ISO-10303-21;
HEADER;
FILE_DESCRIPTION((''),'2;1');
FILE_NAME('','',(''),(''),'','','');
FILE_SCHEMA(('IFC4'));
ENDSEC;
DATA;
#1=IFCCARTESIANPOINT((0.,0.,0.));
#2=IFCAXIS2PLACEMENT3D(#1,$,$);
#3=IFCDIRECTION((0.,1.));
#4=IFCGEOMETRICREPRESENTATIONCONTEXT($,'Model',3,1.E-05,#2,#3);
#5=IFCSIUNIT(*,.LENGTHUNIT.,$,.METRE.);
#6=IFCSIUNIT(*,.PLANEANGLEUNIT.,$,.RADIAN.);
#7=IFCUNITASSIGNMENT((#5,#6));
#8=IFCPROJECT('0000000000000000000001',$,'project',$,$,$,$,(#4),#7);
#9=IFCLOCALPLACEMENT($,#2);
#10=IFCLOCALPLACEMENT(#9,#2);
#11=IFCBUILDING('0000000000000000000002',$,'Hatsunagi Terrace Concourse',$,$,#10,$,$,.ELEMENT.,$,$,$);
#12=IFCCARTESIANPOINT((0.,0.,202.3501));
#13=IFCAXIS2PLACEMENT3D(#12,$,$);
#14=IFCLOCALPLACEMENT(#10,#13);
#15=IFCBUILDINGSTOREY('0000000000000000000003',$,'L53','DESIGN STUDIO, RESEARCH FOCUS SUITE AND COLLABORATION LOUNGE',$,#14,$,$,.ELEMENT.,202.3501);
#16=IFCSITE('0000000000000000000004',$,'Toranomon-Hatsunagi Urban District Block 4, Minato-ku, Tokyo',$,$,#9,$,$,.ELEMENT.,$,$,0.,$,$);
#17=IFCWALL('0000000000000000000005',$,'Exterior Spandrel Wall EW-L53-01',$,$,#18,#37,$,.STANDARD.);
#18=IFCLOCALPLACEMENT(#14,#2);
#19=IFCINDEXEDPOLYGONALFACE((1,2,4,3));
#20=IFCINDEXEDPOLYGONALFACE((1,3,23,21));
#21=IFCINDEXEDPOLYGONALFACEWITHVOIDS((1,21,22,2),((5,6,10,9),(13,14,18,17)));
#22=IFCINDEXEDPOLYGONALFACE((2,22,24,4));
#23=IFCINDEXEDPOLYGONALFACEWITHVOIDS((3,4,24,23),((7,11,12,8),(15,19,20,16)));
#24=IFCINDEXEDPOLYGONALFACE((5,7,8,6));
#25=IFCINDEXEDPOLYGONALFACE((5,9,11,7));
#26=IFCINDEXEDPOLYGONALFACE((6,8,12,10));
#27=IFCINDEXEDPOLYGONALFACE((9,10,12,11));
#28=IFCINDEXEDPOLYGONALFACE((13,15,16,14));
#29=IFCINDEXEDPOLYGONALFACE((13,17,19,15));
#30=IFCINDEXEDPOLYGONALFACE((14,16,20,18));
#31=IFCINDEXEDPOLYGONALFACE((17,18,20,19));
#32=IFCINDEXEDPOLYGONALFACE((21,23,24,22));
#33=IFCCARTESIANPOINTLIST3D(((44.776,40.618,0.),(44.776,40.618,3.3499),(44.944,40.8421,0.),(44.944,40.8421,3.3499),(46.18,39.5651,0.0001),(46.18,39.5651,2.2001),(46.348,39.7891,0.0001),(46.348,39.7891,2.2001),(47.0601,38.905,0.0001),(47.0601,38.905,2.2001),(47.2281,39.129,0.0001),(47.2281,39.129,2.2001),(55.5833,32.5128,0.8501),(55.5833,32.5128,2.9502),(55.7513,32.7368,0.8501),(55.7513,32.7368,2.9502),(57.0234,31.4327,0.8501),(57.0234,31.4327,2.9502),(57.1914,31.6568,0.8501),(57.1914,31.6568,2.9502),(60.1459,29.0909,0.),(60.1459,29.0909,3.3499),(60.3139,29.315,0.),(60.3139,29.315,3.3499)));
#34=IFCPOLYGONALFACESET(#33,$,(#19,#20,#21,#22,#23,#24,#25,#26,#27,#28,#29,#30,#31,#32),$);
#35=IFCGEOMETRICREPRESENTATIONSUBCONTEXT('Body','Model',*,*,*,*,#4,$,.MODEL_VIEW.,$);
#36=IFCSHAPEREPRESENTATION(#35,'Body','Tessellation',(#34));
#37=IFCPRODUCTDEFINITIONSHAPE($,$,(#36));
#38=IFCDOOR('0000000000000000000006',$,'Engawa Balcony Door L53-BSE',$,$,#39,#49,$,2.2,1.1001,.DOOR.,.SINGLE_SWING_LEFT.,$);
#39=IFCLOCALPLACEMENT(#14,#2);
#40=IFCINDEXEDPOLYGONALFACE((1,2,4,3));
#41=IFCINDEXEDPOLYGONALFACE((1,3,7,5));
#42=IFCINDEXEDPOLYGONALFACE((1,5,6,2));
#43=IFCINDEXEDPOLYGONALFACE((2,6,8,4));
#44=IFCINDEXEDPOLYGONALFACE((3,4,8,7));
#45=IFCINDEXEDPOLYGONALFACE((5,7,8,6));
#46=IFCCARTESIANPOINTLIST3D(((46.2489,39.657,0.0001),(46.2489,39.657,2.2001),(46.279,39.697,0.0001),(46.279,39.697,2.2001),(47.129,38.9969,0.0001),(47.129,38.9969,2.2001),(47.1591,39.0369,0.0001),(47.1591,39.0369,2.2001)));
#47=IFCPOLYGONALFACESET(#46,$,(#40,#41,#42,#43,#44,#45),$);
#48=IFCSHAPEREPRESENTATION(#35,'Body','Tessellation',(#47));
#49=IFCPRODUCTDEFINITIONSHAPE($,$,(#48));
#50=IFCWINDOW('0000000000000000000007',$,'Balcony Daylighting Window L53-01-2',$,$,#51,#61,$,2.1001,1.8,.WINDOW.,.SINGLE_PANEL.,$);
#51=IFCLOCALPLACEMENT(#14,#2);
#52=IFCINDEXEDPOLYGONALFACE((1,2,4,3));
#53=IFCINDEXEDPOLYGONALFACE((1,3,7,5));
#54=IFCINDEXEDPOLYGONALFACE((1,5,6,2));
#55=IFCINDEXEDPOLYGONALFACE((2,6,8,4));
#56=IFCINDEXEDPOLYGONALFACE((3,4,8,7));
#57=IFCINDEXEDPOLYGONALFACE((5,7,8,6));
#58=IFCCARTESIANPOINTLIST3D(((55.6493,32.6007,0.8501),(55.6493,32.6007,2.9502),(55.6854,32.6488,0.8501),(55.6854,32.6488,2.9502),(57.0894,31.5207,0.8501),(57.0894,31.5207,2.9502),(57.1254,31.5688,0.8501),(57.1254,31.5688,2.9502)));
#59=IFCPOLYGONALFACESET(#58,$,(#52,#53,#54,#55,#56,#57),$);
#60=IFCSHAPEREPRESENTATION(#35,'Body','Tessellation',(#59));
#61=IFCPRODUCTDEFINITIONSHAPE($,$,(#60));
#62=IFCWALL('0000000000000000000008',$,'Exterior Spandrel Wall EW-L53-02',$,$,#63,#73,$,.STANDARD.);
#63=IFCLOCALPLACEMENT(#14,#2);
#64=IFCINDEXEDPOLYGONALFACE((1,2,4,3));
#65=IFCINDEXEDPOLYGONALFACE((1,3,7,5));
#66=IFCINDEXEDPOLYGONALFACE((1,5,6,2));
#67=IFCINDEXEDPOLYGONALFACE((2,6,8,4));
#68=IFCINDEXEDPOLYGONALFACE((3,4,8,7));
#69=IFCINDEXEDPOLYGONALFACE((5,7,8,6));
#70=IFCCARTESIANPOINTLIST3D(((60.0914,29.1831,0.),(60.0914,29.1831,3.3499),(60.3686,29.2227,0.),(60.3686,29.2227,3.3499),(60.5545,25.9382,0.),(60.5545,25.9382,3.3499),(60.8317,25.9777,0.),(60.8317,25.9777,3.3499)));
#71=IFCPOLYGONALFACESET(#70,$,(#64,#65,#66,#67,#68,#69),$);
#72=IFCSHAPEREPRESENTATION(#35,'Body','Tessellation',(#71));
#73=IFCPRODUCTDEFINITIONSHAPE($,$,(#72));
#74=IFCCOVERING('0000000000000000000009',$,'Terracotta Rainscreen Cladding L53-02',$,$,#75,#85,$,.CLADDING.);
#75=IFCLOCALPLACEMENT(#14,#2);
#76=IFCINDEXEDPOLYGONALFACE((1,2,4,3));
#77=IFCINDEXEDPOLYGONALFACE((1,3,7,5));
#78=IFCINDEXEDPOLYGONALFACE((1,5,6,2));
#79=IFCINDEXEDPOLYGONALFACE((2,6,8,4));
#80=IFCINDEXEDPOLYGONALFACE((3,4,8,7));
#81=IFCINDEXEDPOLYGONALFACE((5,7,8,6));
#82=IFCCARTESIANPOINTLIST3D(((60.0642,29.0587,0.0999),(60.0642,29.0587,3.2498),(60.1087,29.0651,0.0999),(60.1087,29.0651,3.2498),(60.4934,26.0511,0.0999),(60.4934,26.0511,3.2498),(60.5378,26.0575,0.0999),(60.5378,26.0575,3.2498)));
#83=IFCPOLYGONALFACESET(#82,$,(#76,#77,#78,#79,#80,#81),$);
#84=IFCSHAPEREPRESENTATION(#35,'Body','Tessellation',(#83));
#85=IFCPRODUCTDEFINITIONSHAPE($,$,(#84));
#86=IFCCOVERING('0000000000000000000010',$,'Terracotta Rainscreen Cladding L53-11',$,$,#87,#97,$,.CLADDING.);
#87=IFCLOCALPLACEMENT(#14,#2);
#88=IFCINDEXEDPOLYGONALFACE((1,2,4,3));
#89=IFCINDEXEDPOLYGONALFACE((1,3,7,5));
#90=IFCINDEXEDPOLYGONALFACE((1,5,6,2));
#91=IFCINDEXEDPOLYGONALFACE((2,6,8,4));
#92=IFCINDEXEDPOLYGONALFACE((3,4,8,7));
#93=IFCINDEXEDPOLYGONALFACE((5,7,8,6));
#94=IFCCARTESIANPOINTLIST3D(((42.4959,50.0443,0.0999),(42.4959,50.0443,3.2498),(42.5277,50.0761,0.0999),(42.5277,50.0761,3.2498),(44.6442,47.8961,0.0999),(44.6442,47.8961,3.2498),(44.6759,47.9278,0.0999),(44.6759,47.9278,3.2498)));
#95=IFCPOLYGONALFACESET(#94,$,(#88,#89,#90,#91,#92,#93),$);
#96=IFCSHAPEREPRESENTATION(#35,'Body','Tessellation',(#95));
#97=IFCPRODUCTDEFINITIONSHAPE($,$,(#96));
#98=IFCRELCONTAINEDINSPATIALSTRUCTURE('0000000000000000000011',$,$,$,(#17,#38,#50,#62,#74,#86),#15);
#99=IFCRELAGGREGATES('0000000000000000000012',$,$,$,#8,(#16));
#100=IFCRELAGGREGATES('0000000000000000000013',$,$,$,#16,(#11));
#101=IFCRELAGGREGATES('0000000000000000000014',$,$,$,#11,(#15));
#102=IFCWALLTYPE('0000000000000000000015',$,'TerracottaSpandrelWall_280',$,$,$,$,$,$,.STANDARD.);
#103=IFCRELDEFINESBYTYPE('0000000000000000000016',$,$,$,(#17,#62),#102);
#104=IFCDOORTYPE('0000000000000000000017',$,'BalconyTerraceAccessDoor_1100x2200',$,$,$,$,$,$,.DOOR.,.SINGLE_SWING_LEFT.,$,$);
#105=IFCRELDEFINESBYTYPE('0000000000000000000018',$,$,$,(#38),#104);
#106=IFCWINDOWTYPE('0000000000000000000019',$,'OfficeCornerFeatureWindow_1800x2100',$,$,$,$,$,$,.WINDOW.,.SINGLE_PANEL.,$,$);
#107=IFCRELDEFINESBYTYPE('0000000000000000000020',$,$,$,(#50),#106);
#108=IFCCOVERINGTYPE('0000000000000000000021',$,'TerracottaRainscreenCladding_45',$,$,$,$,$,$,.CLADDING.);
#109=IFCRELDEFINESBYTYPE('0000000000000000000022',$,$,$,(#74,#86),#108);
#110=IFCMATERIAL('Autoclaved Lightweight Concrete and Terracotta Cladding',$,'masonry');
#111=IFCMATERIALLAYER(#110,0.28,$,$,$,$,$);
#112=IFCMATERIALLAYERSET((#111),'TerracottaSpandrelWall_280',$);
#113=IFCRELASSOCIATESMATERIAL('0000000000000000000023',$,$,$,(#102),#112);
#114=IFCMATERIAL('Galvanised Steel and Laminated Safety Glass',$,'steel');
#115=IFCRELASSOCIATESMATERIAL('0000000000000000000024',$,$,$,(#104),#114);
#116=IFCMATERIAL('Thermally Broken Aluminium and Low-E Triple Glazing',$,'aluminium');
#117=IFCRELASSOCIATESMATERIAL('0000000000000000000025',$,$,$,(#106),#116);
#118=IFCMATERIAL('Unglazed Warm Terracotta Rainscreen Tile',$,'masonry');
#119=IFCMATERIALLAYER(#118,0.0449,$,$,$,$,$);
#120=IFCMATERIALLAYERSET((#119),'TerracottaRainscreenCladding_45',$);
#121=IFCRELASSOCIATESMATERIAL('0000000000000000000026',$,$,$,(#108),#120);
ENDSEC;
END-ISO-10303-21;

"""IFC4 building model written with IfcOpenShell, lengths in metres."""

from ifc_helpers import new_model, si_unit, direction, frame, frame_2d, origin, origin_2d, place, context, subcontext, project, spatial, rectangle, extrude, material, layer, layer_set, type_object, element, fill, save


model = new_model("IFC4")

# Units and contexts
model_context = context("Model", 3, precision=1e-05, world=origin(), true_north=direction((0.0, 1.0)))
body_context = subcontext(model_context, "Body", "Model", "MODEL_VIEW")
ifc_project = project(units=[si_unit("LENGTHUNIT", "METRE"), si_unit("PLANEANGLEUNIT", "RADIAN")], contexts=[model_context])

# Site, building, storey
site_placement = place(None, origin())
site = spatial("IfcSite", under=ifc_project, at=site_placement, Name="Toranomon-Hatsunagi Urban District Block 4, Minato-ku, Tokyo", CompositionType="ELEMENT", RefElevation=0.0)
building_placement = place(site_placement, origin())
building = spatial("IfcBuilding", under=site, at=building_placement, Name="Hatsunagi Terrace Concourse", CompositionType="ELEMENT")
storey_placement = place(building_placement, frame((0.0, 0.0, 202.3501)))
storey = spatial("IfcBuildingStorey", under=building, at=storey_placement, Name="L53", Description="DESIGN STUDIO, RESEARCH FOCUS SUITE AND COLLABORATION LOUNGE", CompositionType="ELEMENT", Elevation=202.3501)

# Wall, openings, door, window
ifc_material_1 = material(Name="Autoclaved Lightweight Concrete and Terracotta Cladding", Category="masonry")
ifc_layer_1 = layer(ifc_material_1, 0.28)
ifc_layer_set_1 = layer_set([ifc_layer_1], Name="TerracottaSpandrelWall_280")
wall_type_1 = type_object("IfcWallType", Name="TerracottaSpandrelWall_280", PredefinedType="STANDARD", material=ifc_layer_set_1)
wall_1_placement = place(storey_placement, frame((44.8601, 40.73, 0.0), z_axis=(0.0, 0.0, 1.0), x_axis=(0.800008, -0.59999, 0.0)))
wall_1 = element("IfcWall", 1, at=wall_1_placement, inside=storey, type_object=wall_type_1, Name="Exterior Spandrel Wall EW-L53-01", PredefinedType="STANDARD", context=body_context, shape_type="SweptSolid", body=[
    extrude(rectangle(XDim=19.2122, YDim=0.28, at=frame_2d((9.606, 0.0))), origin(), (0.0, 0.0, 1.0), 3.3499),
])
opening_1_placement = place(wall_1_placement, frame((1.7549, 0.0, 0.0)))
opening_1 = element("IfcOpeningElement", 2, at=opening_1_placement, cuts=wall_1, PredefinedType="OPENING", context=body_context, shape_type="SweptSolid", body=[
    extrude(rectangle(XDim=1.1001, YDim=2.2, at=frame_2d((0.55, 1.1001))), frame((0.0, 0.1499, 0.0), z_axis=(0.0, -1.0, 0.0), x_axis=(1.0, 0.0, 0.0)), (0.0, 0.0, 1.0), 0.3),
])
opening_2_placement = place(wall_1_placement, frame((13.509, 0.0, 0.8501)))
opening_2 = element("IfcOpeningElement", 3, at=opening_2_placement, cuts=wall_1, PredefinedType="OPENING", context=body_context, shape_type="SweptSolid", body=[
    extrude(rectangle(XDim=1.8, YDim=2.1001, at=frame_2d((0.8999, 1.05))), frame((0.0, 0.1499, 0.0), z_axis=(0.0, -1.0, 0.0), x_axis=(1.0, 0.0, 0.0)), (0.0, 0.0, 1.0), 0.3),
])
ifc_material_2 = material(Name="Galvanised Steel and Laminated Safety Glass", Category="steel")
door_type_1 = type_object("IfcDoorType", Name="BalconyTerraceAccessDoor_1100x2200", OperationType="SINGLE_SWING_LEFT", PredefinedType="DOOR", material=ifc_material_2)
door_1_placement = place(opening_1_placement, origin())
door_1 = element("IfcDoor", 4, at=door_1_placement, inside=storey, type_object=door_type_1, Name="Engawa Balcony Door L53-BSE", OperationType="SINGLE_SWING_LEFT", OverallHeight=2.2, OverallWidth=1.1001, PredefinedType="DOOR", context=body_context, shape_type="SweptSolid", body=[
    extrude(rectangle(XDim=1.1001, YDim=2.2, at=frame_2d((0.55, 1.1001))), frame((0.0, 0.0249, 0.0), z_axis=(0.0, -1.0, 0.0), x_axis=(1.0, 0.0, 0.0)), (0.0, 0.0, 1.0), 0.05),
])
fill(opening_1, door_1)
ifc_material_3 = material(Name="Thermally Broken Aluminium and Low-E Triple Glazing", Category="aluminium")
window_type = type_object("IfcWindowType", Name="OfficeCornerFeatureWindow_1800x2100", PartitioningType="SINGLE_PANEL", PredefinedType="WINDOW", material=ifc_material_3)
window_placement = place(opening_2_placement, origin())
window = element("IfcWindow", 5, at=window_placement, inside=storey, type_object=window_type, Name="Balcony Daylighting Window L53-01-2", OverallHeight=2.1001, OverallWidth=1.8, PartitioningType="SINGLE_PANEL", PredefinedType="WINDOW", context=body_context, shape_type="SweptSolid", body=[
    extrude(rectangle(XDim=1.8, YDim=2.1001, at=frame_2d((0.8999, 1.05))), frame((0.0, 0.03, 0.0), z_axis=(0.0, -1.0, 0.0), x_axis=(1.0, 0.0, 0.0)), (0.0, 0.0, 1.0), 0.0601),
])
fill(opening_2, window)

# Wall
wall_2_placement = place(storey_placement, frame((60.23, 29.2029, 0.0), z_axis=(0.0, 0.0, 1.0), x_axis=(0.141296, -0.989967, 0.0)))
element("IfcWall", 6, at=wall_2_placement, inside=storey, type_object=wall_type_1, Name="Exterior Spandrel Wall EW-L53-02", PredefinedType="STANDARD", context=body_context, shape_type="SweptSolid", body=[
    extrude(rectangle(XDim=3.2778, YDim=0.28, at=frame_2d((1.6389, 0.0))), origin(), (0.0, 0.0, 1.0), 3.3499),
])

# Coverings
ifc_material_4 = material(Name="Unglazed Warm Terracotta Rainscreen Tile", Category="masonry")
ifc_layer_2 = layer(ifc_material_4, 0.0449)
ifc_layer_set_2 = layer_set([ifc_layer_2], Name="TerracottaRainscreenCladding_45")
covering_type = type_object("IfcCoveringType", Name="TerracottaRainscreenCladding_45", PredefinedType="CLADDING", material=ifc_layer_set_2)
for number, where, z_axis, x_axis, name in (
    (7, (60.301, 27.5581, 0.0999), (0.0, 0.0, 1.0), (0.14125, -0.989974, 0.0), "Terracotta Rainscreen Cladding L53-02"),
    (8, (43.5859, 48.9861, 0.0999), (0.0, 0.0, 1.0), (0.707107, -0.707107, 0.0), "Terracotta Rainscreen Cladding L53-11"),
):
    element("IfcCovering", number, at=place(storey_placement, frame(where, z_axis=z_axis, x_axis=x_axis)), inside=storey, type_object=covering_type, Name=name, PredefinedType="CLADDING", context=body_context, shape_type="SweptSolid", body=[
        extrude(rectangle(XDim=3.0381, YDim=0.0449, at=origin_2d()), origin(), (0.0, 0.0, 1.0), 3.1499),
    ])

save(model, "model.ifc")
